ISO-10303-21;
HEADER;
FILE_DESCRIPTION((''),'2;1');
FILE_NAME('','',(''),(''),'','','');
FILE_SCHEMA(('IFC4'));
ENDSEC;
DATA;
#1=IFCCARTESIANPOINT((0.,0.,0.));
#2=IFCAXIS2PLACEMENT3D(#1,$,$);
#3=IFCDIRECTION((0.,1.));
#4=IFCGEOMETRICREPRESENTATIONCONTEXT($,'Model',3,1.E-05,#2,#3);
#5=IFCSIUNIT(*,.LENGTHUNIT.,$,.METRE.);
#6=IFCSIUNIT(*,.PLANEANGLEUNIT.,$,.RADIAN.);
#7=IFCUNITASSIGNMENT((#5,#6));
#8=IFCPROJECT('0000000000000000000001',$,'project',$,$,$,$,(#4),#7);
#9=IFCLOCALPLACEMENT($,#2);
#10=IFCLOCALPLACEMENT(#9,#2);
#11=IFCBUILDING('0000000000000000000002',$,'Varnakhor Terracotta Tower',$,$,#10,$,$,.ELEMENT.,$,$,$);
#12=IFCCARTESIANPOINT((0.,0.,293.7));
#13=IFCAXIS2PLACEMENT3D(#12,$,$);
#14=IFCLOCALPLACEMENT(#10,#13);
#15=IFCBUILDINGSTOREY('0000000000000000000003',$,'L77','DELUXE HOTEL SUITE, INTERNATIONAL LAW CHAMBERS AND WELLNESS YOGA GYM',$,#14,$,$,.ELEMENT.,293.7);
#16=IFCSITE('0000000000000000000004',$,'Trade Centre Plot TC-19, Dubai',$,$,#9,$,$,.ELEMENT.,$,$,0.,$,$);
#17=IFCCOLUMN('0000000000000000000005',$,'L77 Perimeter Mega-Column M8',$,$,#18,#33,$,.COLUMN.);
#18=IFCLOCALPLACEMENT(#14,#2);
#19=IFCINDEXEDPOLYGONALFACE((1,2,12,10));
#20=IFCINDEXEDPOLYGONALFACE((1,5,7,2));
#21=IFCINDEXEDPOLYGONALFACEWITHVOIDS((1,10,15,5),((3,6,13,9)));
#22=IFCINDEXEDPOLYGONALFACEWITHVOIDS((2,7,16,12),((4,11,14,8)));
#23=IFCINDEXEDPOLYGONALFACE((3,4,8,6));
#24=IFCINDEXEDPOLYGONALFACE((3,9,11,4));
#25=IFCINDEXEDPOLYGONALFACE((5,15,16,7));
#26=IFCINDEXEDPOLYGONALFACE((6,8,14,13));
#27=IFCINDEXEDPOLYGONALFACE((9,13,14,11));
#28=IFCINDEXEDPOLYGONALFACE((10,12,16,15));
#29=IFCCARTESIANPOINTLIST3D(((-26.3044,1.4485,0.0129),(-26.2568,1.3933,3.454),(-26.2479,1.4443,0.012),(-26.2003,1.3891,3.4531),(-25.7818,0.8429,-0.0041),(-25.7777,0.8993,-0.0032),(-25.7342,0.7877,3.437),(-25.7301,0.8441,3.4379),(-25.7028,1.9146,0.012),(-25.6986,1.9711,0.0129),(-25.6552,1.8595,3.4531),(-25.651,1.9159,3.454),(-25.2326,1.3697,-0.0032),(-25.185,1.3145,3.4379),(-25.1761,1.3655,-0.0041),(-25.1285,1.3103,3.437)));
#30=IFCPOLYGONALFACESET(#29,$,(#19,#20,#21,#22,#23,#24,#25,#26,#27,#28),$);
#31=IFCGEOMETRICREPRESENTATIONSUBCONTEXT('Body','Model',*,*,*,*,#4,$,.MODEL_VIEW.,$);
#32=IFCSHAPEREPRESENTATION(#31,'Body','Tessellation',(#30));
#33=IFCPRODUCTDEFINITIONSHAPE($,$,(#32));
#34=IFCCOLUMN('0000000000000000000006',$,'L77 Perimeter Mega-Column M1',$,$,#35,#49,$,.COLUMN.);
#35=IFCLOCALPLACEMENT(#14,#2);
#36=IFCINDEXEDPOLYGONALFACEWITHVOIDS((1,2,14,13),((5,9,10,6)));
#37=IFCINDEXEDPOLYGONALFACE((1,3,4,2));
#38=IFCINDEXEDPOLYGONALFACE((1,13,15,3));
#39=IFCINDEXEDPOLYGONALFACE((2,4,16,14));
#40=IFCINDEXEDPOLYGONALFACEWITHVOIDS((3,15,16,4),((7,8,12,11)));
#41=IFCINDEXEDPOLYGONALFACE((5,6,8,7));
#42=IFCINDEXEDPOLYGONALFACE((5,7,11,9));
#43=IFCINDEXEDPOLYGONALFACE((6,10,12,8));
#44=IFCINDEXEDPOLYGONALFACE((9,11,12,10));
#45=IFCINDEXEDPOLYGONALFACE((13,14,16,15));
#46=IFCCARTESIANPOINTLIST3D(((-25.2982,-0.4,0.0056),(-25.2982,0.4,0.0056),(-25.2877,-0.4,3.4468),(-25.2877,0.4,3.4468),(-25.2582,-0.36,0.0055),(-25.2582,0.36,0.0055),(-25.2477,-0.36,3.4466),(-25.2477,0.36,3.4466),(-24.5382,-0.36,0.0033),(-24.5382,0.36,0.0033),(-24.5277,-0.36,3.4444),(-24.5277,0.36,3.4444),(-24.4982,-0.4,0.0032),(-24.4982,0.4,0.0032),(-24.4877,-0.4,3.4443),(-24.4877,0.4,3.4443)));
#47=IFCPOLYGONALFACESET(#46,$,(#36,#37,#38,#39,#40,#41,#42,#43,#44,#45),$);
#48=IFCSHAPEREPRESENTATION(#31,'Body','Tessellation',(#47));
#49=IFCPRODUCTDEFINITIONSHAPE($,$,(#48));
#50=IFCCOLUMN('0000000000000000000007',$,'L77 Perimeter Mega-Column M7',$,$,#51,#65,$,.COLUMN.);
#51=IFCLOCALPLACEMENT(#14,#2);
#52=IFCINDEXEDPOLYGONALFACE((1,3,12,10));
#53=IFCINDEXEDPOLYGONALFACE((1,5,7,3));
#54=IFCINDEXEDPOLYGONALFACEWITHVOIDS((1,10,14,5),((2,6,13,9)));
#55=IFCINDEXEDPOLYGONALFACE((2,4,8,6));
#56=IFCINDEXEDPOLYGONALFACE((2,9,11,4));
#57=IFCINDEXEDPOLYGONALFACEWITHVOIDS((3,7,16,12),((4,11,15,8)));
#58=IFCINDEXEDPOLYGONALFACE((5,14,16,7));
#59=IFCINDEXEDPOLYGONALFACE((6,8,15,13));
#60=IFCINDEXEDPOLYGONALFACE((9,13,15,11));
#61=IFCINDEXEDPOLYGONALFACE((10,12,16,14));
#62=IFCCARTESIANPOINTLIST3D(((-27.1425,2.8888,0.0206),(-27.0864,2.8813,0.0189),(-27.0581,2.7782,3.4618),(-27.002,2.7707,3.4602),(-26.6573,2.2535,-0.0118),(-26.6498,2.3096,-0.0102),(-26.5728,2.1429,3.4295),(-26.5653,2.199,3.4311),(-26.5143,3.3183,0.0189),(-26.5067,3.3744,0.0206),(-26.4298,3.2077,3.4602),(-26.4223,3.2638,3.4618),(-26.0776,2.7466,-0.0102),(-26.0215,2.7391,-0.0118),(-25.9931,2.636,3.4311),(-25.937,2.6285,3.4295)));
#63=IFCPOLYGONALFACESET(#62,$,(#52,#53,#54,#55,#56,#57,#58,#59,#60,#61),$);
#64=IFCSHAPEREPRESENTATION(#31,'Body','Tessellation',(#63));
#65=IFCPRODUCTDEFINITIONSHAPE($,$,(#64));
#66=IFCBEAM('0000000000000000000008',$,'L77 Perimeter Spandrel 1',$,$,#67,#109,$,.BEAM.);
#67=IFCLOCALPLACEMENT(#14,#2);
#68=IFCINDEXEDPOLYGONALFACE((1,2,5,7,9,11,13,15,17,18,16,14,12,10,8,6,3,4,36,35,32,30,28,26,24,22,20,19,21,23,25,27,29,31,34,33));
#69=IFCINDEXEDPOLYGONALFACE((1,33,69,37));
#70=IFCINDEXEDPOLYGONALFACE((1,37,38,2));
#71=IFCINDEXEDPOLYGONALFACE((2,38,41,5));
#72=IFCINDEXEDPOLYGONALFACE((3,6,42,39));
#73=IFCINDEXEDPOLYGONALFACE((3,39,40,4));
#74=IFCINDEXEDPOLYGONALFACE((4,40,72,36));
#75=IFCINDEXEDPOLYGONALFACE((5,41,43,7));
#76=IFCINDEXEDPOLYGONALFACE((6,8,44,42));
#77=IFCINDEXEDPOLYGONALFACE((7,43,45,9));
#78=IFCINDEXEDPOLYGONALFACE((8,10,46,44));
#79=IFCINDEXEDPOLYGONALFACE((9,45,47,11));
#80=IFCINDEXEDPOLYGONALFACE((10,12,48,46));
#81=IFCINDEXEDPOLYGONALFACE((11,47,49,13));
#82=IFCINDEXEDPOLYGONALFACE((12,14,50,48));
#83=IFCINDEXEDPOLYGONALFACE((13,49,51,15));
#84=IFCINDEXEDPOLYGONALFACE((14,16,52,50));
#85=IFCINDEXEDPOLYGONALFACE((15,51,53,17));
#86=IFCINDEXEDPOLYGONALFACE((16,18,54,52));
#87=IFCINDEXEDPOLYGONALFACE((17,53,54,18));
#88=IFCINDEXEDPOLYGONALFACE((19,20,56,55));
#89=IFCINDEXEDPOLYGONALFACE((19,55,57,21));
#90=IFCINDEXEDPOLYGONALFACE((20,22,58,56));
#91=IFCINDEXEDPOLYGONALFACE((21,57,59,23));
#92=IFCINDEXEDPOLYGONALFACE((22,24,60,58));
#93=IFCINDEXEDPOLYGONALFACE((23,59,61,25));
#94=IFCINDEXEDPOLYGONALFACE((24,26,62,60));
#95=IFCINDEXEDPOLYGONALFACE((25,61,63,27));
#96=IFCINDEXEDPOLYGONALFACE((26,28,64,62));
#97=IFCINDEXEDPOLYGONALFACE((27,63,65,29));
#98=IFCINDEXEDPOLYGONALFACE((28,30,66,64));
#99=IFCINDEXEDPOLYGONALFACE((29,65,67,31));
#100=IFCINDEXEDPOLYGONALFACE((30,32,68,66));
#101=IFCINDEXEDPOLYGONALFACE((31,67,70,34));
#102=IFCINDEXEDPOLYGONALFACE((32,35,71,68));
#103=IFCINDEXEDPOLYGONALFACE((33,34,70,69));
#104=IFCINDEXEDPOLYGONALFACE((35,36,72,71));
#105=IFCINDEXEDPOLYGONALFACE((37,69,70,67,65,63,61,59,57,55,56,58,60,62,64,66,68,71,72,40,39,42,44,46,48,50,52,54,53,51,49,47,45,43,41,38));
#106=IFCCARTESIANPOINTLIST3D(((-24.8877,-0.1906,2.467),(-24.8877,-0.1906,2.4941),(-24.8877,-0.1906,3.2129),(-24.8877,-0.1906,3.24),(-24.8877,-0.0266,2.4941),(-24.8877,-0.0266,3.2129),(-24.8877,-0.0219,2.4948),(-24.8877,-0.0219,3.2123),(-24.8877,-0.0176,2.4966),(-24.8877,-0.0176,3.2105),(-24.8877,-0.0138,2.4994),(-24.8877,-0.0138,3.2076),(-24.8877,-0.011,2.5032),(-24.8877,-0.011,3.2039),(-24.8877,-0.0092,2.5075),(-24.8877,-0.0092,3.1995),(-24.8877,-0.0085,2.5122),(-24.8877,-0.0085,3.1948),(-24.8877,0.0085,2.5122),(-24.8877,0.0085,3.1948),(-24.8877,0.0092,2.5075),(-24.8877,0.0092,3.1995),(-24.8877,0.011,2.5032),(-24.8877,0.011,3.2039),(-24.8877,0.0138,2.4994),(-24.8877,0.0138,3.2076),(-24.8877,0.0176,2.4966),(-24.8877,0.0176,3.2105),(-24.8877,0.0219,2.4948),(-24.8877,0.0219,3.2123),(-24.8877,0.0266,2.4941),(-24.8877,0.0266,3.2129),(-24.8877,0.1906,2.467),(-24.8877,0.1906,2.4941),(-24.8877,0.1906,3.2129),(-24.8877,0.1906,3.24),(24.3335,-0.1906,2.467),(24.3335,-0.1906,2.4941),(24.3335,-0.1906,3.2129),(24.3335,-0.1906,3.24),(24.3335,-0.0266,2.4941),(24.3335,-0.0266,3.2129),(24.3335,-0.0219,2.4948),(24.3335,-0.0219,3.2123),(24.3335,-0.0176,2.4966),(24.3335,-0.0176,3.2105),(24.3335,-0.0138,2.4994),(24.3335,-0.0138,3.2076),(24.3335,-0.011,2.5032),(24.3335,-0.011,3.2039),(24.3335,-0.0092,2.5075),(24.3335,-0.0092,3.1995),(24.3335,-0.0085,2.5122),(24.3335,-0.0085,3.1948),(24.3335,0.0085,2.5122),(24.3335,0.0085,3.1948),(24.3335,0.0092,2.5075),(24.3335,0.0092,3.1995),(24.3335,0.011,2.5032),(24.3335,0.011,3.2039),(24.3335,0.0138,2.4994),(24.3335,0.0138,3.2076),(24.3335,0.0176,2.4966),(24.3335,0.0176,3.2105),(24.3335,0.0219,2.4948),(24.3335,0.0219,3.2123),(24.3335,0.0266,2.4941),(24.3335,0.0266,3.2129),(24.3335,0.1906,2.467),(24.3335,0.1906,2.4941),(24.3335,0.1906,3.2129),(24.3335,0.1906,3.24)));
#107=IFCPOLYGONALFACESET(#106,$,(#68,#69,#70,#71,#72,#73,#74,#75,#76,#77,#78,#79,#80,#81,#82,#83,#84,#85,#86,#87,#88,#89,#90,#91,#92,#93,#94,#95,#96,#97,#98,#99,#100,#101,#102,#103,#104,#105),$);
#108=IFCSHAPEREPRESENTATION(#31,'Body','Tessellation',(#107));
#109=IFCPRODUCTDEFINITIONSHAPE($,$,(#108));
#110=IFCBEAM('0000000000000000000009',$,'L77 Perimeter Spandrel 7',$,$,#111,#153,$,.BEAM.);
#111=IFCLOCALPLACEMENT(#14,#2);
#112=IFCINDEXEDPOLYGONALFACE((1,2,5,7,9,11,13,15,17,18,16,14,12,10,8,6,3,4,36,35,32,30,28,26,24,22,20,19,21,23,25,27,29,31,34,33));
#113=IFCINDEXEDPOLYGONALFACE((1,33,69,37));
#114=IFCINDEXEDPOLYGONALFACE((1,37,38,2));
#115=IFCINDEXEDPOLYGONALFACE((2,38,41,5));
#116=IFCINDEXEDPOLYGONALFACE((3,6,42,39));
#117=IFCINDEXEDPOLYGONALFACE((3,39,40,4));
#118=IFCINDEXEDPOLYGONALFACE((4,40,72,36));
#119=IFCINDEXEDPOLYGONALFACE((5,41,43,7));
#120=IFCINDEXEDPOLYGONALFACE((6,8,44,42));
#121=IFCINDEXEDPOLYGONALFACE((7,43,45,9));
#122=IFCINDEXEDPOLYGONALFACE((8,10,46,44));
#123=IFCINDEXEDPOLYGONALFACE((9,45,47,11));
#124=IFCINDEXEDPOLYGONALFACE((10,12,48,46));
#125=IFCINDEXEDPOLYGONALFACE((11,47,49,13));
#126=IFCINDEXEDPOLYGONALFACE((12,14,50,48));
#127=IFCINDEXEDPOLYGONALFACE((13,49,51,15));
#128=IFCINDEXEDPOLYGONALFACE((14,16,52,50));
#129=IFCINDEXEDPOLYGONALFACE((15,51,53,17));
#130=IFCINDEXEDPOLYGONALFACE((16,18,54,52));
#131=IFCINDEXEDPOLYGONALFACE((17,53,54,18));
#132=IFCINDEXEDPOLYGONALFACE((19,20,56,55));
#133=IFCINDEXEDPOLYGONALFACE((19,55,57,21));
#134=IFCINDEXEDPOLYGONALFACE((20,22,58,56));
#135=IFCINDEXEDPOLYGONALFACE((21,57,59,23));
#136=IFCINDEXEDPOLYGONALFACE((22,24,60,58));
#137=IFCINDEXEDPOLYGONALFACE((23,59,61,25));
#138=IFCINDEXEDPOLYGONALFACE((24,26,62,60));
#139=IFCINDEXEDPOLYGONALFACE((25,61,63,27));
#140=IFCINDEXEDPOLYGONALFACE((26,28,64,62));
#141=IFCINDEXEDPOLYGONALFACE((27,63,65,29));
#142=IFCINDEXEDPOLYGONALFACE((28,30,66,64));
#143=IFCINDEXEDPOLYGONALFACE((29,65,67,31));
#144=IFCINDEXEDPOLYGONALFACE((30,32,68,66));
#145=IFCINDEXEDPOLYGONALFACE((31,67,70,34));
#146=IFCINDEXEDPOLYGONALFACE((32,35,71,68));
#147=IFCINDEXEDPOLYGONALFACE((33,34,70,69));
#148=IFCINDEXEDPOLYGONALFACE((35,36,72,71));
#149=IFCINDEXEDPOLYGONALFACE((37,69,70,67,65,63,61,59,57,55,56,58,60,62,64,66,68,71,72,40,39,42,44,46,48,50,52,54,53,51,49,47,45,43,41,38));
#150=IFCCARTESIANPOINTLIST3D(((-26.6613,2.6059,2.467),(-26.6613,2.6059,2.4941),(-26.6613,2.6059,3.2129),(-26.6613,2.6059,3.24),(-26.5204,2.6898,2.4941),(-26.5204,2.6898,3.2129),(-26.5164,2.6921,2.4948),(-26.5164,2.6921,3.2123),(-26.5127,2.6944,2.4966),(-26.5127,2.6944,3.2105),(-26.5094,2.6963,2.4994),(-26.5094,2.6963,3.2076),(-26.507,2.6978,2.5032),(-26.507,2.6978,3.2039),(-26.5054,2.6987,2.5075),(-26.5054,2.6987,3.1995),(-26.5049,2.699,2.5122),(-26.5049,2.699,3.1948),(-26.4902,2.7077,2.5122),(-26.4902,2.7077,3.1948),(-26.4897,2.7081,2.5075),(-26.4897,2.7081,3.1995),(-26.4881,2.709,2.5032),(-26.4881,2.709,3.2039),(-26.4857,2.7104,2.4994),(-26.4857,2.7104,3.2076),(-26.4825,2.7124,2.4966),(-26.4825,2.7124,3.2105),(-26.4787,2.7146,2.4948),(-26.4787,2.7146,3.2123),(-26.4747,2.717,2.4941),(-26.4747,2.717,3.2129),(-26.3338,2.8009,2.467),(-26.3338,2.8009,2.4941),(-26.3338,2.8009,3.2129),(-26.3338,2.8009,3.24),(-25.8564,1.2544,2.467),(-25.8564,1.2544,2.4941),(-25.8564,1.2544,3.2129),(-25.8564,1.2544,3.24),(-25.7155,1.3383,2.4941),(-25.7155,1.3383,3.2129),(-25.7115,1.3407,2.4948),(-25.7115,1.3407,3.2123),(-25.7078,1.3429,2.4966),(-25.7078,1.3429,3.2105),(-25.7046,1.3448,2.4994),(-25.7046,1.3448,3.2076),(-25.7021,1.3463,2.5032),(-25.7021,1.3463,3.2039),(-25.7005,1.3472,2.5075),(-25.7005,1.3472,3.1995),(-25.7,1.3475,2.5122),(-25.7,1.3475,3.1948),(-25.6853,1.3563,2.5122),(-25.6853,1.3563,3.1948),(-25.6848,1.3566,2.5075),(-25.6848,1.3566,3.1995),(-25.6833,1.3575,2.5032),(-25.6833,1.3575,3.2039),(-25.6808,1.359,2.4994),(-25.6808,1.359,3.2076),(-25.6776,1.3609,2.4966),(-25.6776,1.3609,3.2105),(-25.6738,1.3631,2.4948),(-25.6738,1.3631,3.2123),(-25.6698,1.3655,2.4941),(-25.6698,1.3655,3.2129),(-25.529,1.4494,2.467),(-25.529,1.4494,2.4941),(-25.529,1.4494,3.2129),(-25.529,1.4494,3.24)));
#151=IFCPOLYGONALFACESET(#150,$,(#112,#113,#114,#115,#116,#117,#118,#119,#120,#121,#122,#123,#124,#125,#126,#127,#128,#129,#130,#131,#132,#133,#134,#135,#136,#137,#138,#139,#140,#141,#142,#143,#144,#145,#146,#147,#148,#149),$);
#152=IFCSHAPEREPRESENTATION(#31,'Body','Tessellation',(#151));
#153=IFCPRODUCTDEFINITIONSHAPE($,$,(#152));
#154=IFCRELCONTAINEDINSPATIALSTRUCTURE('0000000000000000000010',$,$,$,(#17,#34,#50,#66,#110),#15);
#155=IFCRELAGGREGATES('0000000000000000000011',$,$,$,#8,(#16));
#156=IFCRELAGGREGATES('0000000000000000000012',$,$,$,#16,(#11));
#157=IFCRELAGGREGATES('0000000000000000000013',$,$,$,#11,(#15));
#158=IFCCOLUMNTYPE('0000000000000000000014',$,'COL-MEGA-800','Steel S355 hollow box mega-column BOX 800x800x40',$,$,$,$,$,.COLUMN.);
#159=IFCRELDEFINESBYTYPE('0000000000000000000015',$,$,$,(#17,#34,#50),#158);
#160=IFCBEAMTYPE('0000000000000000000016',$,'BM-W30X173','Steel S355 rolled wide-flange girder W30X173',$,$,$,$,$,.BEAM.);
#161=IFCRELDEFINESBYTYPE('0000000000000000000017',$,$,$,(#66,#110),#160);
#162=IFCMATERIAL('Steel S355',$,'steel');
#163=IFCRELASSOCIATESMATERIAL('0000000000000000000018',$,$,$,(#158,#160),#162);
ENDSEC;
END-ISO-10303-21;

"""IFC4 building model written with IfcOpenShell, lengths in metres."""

from ifc_helpers import new_model, si_unit, direction, frame, origin, origin_2d, place, context, subcontext, project, spatial, hollow_rectangle, i_section, extrude, source, transform, mapped, material, material_profile, profile_set, type_object, element, save


model = new_model("IFC4")

# Units and contexts
model_context = context("Model", 3, precision=1e-05, world=origin(), true_north=direction((0.0, 1.0)))
body_context = subcontext(model_context, "Body", "Model", "MODEL_VIEW")
ifc_project = project(units=[si_unit("LENGTHUNIT", "METRE"), si_unit("PLANEANGLEUNIT", "RADIAN")], contexts=[model_context])

# Site, building, storey
site_placement = place(None, origin())
site = spatial("IfcSite", under=ifc_project, at=site_placement, Name="Trade Centre Plot TC-19, Dubai", CompositionType="ELEMENT", RefElevation=0.0)
building_placement = place(site_placement, origin())
building = spatial("IfcBuilding", under=site, at=building_placement, Name="Varnakhor Terracotta Tower", CompositionType="ELEMENT")
storey_placement = place(building_placement, frame((0.0, 0.0, 293.7)))
storey = spatial("IfcBuildingStorey", under=building, at=storey_placement, Name="L77", Description="DELUXE HOTEL SUITE, INTERNATIONAL LAW CHAMBERS AND WELLNESS YOGA GYM", CompositionType="ELEMENT", Elevation=293.7)

# Columns
ifc_material_1 = material(Name="Steel S355", Category="steel")
ifc_material_profile_1 = material_profile(ifc_material_1, hollow_rectangle(XDim=0.8, YDim=0.8, WallThickness=0.04, at=origin_2d()), Name="BOX 800x800x40")
ifc_profile_set_1 = profile_set([ifc_material_profile_1], Name="Steel S355")
column_type = type_object("IfcColumnType", Name="COL-MEGA-800", Description="Steel S355 hollow box mega-column BOX 800x800x40", PredefinedType="COLUMN", material=ifc_profile_set_1)
shared_shape_1 = source(origin(), body_context, "Body", "SweptSolid", [
    extrude(hollow_rectangle(XDim=0.8, YDim=0.8, WallThickness=0.04, at=origin_2d()), origin(), (0.0, 0.0, 1.0), 3.4419),
])
column_1_placement = place(storey_placement, frame((-25.7402, 1.407, 0.0044), z_axis=(0.013832, -0.01603, 0.999776), x_axis=(0.757124, 0.653271, 0.0)))
element("IfcColumn", 1, at=column_1_placement, inside=storey, type_object=column_type, Name="L77 Perimeter Mega-Column M8", PredefinedType="COLUMN", context=body_context, shape_type="MappedRepresentation", body=[
    mapped(shared_shape_1, transform((0.0, 0.0, 0.0), scale=1.0)),
])
shared_shape_2 = source(origin(), body_context, "Body", "SweptSolid", [
    extrude(hollow_rectangle(XDim=0.8, YDim=0.8, WallThickness=0.04, at=origin_2d()), origin(), (0.0, 0.0, 1.0), 3.4412),
])
column_2_placement = place(storey_placement, frame((-24.8982, 0.0, 0.0044), z_axis=(0.003051, 0.0, 0.999995), x_axis=(0.0, 1.0, 0.0)))
element("IfcColumn", 2, at=column_2_placement, inside=storey, type_object=column_type, Name="L77 Perimeter Mega-Column M1", PredefinedType="COLUMN", context=body_context, shape_type="MappedRepresentation", body=[
    mapped(shared_shape_2, transform((0.0, 0.0, 0.0), scale=1.0)),
])
shared_shape_3 = source(origin(), body_context, "Body", "SweptSolid", [
    extrude(hollow_rectangle(XDim=0.8, YDim=0.8, WallThickness=0.04, at=origin_2d()), origin(), (0.0, 0.0, 1.0), 3.4441),
])
column_3_placement = place(storey_placement, frame((-26.582, 2.814, 0.0044), z_axis=(0.024528, -0.032113, 0.999183), x_axis=(0.794706, 0.606994, 0.0)))
element("IfcColumn", 3, at=column_3_placement, inside=storey, type_object=column_type, Name="L77 Perimeter Mega-Column M7", PredefinedType="COLUMN", context=body_context, shape_type="MappedRepresentation", body=[
    mapped(shared_shape_3, transform((0.0, 0.0, 0.0), scale=1.0)),
])

# Beams
ifc_material_profile_2 = material_profile(ifc_material_1, i_section(OverallWidth=0.3811, OverallDepth=0.7729, WebThickness=0.0171, FlangeThickness=0.0271, FilletRadius=0.0181, at=origin_2d()), Name="W30X173")
ifc_profile_set_2 = profile_set([ifc_material_profile_2], Name="Steel S355")
beam_type_1 = type_object("IfcBeamType", Name="BM-W30X173", Description="Steel S355 rolled wide-flange girder W30X173", PredefinedType="BEAM", material=ifc_profile_set_2)
shared_shape_4 = source(origin(), body_context, "Body", "SweptSolid", [
    extrude(i_section(OverallWidth=0.3811, OverallDepth=0.7729, WebThickness=0.0171, FlangeThickness=0.0271, FilletRadius=0.0181, at=origin_2d()), origin(), (0.0, 0.0, 1.0), 49.2212),
])
beam_1_placement = place(storey_placement, frame((-24.8877, 0.0, 2.8535), z_axis=(1.0, 0.0, 0.0), x_axis=(0.0, 1.0, 0.0)))
element("IfcBeam", 4, at=beam_1_placement, inside=storey, type_object=beam_type_1, Name="L77 Perimeter Spandrel 1", PredefinedType="BEAM", context=body_context, shape_type="MappedRepresentation", body=[
    mapped(shared_shape_4, transform((0.0, 0.0, 0.0), scale=1.0)),
])
shared_shape_5 = source(origin(), body_context, "Body", "SweptSolid", [
    extrude(i_section(OverallWidth=0.3811, OverallDepth=0.7729, WebThickness=0.0171, FlangeThickness=0.0271, FilletRadius=0.0181, at=origin_2d()), origin(), (0.0, 0.0, 1.0), 1.573),
])
beam_2_placement = place(storey_placement, frame((-26.4976, 2.7034, 2.8535), z_axis=(0.511686, -0.859173, 0.0), x_axis=(0.859173, 0.511686, 0.0)))
element("IfcBeam", 5, at=beam_2_placement, inside=storey, type_object=beam_type_1, Name="L77 Perimeter Spandrel 7", PredefinedType="BEAM", context=body_context, shape_type="MappedRepresentation", body=[
    mapped(shared_shape_5, transform((0.0, 0.0, 0.0), scale=1.0)),
])

save(model, "model.ifc")
